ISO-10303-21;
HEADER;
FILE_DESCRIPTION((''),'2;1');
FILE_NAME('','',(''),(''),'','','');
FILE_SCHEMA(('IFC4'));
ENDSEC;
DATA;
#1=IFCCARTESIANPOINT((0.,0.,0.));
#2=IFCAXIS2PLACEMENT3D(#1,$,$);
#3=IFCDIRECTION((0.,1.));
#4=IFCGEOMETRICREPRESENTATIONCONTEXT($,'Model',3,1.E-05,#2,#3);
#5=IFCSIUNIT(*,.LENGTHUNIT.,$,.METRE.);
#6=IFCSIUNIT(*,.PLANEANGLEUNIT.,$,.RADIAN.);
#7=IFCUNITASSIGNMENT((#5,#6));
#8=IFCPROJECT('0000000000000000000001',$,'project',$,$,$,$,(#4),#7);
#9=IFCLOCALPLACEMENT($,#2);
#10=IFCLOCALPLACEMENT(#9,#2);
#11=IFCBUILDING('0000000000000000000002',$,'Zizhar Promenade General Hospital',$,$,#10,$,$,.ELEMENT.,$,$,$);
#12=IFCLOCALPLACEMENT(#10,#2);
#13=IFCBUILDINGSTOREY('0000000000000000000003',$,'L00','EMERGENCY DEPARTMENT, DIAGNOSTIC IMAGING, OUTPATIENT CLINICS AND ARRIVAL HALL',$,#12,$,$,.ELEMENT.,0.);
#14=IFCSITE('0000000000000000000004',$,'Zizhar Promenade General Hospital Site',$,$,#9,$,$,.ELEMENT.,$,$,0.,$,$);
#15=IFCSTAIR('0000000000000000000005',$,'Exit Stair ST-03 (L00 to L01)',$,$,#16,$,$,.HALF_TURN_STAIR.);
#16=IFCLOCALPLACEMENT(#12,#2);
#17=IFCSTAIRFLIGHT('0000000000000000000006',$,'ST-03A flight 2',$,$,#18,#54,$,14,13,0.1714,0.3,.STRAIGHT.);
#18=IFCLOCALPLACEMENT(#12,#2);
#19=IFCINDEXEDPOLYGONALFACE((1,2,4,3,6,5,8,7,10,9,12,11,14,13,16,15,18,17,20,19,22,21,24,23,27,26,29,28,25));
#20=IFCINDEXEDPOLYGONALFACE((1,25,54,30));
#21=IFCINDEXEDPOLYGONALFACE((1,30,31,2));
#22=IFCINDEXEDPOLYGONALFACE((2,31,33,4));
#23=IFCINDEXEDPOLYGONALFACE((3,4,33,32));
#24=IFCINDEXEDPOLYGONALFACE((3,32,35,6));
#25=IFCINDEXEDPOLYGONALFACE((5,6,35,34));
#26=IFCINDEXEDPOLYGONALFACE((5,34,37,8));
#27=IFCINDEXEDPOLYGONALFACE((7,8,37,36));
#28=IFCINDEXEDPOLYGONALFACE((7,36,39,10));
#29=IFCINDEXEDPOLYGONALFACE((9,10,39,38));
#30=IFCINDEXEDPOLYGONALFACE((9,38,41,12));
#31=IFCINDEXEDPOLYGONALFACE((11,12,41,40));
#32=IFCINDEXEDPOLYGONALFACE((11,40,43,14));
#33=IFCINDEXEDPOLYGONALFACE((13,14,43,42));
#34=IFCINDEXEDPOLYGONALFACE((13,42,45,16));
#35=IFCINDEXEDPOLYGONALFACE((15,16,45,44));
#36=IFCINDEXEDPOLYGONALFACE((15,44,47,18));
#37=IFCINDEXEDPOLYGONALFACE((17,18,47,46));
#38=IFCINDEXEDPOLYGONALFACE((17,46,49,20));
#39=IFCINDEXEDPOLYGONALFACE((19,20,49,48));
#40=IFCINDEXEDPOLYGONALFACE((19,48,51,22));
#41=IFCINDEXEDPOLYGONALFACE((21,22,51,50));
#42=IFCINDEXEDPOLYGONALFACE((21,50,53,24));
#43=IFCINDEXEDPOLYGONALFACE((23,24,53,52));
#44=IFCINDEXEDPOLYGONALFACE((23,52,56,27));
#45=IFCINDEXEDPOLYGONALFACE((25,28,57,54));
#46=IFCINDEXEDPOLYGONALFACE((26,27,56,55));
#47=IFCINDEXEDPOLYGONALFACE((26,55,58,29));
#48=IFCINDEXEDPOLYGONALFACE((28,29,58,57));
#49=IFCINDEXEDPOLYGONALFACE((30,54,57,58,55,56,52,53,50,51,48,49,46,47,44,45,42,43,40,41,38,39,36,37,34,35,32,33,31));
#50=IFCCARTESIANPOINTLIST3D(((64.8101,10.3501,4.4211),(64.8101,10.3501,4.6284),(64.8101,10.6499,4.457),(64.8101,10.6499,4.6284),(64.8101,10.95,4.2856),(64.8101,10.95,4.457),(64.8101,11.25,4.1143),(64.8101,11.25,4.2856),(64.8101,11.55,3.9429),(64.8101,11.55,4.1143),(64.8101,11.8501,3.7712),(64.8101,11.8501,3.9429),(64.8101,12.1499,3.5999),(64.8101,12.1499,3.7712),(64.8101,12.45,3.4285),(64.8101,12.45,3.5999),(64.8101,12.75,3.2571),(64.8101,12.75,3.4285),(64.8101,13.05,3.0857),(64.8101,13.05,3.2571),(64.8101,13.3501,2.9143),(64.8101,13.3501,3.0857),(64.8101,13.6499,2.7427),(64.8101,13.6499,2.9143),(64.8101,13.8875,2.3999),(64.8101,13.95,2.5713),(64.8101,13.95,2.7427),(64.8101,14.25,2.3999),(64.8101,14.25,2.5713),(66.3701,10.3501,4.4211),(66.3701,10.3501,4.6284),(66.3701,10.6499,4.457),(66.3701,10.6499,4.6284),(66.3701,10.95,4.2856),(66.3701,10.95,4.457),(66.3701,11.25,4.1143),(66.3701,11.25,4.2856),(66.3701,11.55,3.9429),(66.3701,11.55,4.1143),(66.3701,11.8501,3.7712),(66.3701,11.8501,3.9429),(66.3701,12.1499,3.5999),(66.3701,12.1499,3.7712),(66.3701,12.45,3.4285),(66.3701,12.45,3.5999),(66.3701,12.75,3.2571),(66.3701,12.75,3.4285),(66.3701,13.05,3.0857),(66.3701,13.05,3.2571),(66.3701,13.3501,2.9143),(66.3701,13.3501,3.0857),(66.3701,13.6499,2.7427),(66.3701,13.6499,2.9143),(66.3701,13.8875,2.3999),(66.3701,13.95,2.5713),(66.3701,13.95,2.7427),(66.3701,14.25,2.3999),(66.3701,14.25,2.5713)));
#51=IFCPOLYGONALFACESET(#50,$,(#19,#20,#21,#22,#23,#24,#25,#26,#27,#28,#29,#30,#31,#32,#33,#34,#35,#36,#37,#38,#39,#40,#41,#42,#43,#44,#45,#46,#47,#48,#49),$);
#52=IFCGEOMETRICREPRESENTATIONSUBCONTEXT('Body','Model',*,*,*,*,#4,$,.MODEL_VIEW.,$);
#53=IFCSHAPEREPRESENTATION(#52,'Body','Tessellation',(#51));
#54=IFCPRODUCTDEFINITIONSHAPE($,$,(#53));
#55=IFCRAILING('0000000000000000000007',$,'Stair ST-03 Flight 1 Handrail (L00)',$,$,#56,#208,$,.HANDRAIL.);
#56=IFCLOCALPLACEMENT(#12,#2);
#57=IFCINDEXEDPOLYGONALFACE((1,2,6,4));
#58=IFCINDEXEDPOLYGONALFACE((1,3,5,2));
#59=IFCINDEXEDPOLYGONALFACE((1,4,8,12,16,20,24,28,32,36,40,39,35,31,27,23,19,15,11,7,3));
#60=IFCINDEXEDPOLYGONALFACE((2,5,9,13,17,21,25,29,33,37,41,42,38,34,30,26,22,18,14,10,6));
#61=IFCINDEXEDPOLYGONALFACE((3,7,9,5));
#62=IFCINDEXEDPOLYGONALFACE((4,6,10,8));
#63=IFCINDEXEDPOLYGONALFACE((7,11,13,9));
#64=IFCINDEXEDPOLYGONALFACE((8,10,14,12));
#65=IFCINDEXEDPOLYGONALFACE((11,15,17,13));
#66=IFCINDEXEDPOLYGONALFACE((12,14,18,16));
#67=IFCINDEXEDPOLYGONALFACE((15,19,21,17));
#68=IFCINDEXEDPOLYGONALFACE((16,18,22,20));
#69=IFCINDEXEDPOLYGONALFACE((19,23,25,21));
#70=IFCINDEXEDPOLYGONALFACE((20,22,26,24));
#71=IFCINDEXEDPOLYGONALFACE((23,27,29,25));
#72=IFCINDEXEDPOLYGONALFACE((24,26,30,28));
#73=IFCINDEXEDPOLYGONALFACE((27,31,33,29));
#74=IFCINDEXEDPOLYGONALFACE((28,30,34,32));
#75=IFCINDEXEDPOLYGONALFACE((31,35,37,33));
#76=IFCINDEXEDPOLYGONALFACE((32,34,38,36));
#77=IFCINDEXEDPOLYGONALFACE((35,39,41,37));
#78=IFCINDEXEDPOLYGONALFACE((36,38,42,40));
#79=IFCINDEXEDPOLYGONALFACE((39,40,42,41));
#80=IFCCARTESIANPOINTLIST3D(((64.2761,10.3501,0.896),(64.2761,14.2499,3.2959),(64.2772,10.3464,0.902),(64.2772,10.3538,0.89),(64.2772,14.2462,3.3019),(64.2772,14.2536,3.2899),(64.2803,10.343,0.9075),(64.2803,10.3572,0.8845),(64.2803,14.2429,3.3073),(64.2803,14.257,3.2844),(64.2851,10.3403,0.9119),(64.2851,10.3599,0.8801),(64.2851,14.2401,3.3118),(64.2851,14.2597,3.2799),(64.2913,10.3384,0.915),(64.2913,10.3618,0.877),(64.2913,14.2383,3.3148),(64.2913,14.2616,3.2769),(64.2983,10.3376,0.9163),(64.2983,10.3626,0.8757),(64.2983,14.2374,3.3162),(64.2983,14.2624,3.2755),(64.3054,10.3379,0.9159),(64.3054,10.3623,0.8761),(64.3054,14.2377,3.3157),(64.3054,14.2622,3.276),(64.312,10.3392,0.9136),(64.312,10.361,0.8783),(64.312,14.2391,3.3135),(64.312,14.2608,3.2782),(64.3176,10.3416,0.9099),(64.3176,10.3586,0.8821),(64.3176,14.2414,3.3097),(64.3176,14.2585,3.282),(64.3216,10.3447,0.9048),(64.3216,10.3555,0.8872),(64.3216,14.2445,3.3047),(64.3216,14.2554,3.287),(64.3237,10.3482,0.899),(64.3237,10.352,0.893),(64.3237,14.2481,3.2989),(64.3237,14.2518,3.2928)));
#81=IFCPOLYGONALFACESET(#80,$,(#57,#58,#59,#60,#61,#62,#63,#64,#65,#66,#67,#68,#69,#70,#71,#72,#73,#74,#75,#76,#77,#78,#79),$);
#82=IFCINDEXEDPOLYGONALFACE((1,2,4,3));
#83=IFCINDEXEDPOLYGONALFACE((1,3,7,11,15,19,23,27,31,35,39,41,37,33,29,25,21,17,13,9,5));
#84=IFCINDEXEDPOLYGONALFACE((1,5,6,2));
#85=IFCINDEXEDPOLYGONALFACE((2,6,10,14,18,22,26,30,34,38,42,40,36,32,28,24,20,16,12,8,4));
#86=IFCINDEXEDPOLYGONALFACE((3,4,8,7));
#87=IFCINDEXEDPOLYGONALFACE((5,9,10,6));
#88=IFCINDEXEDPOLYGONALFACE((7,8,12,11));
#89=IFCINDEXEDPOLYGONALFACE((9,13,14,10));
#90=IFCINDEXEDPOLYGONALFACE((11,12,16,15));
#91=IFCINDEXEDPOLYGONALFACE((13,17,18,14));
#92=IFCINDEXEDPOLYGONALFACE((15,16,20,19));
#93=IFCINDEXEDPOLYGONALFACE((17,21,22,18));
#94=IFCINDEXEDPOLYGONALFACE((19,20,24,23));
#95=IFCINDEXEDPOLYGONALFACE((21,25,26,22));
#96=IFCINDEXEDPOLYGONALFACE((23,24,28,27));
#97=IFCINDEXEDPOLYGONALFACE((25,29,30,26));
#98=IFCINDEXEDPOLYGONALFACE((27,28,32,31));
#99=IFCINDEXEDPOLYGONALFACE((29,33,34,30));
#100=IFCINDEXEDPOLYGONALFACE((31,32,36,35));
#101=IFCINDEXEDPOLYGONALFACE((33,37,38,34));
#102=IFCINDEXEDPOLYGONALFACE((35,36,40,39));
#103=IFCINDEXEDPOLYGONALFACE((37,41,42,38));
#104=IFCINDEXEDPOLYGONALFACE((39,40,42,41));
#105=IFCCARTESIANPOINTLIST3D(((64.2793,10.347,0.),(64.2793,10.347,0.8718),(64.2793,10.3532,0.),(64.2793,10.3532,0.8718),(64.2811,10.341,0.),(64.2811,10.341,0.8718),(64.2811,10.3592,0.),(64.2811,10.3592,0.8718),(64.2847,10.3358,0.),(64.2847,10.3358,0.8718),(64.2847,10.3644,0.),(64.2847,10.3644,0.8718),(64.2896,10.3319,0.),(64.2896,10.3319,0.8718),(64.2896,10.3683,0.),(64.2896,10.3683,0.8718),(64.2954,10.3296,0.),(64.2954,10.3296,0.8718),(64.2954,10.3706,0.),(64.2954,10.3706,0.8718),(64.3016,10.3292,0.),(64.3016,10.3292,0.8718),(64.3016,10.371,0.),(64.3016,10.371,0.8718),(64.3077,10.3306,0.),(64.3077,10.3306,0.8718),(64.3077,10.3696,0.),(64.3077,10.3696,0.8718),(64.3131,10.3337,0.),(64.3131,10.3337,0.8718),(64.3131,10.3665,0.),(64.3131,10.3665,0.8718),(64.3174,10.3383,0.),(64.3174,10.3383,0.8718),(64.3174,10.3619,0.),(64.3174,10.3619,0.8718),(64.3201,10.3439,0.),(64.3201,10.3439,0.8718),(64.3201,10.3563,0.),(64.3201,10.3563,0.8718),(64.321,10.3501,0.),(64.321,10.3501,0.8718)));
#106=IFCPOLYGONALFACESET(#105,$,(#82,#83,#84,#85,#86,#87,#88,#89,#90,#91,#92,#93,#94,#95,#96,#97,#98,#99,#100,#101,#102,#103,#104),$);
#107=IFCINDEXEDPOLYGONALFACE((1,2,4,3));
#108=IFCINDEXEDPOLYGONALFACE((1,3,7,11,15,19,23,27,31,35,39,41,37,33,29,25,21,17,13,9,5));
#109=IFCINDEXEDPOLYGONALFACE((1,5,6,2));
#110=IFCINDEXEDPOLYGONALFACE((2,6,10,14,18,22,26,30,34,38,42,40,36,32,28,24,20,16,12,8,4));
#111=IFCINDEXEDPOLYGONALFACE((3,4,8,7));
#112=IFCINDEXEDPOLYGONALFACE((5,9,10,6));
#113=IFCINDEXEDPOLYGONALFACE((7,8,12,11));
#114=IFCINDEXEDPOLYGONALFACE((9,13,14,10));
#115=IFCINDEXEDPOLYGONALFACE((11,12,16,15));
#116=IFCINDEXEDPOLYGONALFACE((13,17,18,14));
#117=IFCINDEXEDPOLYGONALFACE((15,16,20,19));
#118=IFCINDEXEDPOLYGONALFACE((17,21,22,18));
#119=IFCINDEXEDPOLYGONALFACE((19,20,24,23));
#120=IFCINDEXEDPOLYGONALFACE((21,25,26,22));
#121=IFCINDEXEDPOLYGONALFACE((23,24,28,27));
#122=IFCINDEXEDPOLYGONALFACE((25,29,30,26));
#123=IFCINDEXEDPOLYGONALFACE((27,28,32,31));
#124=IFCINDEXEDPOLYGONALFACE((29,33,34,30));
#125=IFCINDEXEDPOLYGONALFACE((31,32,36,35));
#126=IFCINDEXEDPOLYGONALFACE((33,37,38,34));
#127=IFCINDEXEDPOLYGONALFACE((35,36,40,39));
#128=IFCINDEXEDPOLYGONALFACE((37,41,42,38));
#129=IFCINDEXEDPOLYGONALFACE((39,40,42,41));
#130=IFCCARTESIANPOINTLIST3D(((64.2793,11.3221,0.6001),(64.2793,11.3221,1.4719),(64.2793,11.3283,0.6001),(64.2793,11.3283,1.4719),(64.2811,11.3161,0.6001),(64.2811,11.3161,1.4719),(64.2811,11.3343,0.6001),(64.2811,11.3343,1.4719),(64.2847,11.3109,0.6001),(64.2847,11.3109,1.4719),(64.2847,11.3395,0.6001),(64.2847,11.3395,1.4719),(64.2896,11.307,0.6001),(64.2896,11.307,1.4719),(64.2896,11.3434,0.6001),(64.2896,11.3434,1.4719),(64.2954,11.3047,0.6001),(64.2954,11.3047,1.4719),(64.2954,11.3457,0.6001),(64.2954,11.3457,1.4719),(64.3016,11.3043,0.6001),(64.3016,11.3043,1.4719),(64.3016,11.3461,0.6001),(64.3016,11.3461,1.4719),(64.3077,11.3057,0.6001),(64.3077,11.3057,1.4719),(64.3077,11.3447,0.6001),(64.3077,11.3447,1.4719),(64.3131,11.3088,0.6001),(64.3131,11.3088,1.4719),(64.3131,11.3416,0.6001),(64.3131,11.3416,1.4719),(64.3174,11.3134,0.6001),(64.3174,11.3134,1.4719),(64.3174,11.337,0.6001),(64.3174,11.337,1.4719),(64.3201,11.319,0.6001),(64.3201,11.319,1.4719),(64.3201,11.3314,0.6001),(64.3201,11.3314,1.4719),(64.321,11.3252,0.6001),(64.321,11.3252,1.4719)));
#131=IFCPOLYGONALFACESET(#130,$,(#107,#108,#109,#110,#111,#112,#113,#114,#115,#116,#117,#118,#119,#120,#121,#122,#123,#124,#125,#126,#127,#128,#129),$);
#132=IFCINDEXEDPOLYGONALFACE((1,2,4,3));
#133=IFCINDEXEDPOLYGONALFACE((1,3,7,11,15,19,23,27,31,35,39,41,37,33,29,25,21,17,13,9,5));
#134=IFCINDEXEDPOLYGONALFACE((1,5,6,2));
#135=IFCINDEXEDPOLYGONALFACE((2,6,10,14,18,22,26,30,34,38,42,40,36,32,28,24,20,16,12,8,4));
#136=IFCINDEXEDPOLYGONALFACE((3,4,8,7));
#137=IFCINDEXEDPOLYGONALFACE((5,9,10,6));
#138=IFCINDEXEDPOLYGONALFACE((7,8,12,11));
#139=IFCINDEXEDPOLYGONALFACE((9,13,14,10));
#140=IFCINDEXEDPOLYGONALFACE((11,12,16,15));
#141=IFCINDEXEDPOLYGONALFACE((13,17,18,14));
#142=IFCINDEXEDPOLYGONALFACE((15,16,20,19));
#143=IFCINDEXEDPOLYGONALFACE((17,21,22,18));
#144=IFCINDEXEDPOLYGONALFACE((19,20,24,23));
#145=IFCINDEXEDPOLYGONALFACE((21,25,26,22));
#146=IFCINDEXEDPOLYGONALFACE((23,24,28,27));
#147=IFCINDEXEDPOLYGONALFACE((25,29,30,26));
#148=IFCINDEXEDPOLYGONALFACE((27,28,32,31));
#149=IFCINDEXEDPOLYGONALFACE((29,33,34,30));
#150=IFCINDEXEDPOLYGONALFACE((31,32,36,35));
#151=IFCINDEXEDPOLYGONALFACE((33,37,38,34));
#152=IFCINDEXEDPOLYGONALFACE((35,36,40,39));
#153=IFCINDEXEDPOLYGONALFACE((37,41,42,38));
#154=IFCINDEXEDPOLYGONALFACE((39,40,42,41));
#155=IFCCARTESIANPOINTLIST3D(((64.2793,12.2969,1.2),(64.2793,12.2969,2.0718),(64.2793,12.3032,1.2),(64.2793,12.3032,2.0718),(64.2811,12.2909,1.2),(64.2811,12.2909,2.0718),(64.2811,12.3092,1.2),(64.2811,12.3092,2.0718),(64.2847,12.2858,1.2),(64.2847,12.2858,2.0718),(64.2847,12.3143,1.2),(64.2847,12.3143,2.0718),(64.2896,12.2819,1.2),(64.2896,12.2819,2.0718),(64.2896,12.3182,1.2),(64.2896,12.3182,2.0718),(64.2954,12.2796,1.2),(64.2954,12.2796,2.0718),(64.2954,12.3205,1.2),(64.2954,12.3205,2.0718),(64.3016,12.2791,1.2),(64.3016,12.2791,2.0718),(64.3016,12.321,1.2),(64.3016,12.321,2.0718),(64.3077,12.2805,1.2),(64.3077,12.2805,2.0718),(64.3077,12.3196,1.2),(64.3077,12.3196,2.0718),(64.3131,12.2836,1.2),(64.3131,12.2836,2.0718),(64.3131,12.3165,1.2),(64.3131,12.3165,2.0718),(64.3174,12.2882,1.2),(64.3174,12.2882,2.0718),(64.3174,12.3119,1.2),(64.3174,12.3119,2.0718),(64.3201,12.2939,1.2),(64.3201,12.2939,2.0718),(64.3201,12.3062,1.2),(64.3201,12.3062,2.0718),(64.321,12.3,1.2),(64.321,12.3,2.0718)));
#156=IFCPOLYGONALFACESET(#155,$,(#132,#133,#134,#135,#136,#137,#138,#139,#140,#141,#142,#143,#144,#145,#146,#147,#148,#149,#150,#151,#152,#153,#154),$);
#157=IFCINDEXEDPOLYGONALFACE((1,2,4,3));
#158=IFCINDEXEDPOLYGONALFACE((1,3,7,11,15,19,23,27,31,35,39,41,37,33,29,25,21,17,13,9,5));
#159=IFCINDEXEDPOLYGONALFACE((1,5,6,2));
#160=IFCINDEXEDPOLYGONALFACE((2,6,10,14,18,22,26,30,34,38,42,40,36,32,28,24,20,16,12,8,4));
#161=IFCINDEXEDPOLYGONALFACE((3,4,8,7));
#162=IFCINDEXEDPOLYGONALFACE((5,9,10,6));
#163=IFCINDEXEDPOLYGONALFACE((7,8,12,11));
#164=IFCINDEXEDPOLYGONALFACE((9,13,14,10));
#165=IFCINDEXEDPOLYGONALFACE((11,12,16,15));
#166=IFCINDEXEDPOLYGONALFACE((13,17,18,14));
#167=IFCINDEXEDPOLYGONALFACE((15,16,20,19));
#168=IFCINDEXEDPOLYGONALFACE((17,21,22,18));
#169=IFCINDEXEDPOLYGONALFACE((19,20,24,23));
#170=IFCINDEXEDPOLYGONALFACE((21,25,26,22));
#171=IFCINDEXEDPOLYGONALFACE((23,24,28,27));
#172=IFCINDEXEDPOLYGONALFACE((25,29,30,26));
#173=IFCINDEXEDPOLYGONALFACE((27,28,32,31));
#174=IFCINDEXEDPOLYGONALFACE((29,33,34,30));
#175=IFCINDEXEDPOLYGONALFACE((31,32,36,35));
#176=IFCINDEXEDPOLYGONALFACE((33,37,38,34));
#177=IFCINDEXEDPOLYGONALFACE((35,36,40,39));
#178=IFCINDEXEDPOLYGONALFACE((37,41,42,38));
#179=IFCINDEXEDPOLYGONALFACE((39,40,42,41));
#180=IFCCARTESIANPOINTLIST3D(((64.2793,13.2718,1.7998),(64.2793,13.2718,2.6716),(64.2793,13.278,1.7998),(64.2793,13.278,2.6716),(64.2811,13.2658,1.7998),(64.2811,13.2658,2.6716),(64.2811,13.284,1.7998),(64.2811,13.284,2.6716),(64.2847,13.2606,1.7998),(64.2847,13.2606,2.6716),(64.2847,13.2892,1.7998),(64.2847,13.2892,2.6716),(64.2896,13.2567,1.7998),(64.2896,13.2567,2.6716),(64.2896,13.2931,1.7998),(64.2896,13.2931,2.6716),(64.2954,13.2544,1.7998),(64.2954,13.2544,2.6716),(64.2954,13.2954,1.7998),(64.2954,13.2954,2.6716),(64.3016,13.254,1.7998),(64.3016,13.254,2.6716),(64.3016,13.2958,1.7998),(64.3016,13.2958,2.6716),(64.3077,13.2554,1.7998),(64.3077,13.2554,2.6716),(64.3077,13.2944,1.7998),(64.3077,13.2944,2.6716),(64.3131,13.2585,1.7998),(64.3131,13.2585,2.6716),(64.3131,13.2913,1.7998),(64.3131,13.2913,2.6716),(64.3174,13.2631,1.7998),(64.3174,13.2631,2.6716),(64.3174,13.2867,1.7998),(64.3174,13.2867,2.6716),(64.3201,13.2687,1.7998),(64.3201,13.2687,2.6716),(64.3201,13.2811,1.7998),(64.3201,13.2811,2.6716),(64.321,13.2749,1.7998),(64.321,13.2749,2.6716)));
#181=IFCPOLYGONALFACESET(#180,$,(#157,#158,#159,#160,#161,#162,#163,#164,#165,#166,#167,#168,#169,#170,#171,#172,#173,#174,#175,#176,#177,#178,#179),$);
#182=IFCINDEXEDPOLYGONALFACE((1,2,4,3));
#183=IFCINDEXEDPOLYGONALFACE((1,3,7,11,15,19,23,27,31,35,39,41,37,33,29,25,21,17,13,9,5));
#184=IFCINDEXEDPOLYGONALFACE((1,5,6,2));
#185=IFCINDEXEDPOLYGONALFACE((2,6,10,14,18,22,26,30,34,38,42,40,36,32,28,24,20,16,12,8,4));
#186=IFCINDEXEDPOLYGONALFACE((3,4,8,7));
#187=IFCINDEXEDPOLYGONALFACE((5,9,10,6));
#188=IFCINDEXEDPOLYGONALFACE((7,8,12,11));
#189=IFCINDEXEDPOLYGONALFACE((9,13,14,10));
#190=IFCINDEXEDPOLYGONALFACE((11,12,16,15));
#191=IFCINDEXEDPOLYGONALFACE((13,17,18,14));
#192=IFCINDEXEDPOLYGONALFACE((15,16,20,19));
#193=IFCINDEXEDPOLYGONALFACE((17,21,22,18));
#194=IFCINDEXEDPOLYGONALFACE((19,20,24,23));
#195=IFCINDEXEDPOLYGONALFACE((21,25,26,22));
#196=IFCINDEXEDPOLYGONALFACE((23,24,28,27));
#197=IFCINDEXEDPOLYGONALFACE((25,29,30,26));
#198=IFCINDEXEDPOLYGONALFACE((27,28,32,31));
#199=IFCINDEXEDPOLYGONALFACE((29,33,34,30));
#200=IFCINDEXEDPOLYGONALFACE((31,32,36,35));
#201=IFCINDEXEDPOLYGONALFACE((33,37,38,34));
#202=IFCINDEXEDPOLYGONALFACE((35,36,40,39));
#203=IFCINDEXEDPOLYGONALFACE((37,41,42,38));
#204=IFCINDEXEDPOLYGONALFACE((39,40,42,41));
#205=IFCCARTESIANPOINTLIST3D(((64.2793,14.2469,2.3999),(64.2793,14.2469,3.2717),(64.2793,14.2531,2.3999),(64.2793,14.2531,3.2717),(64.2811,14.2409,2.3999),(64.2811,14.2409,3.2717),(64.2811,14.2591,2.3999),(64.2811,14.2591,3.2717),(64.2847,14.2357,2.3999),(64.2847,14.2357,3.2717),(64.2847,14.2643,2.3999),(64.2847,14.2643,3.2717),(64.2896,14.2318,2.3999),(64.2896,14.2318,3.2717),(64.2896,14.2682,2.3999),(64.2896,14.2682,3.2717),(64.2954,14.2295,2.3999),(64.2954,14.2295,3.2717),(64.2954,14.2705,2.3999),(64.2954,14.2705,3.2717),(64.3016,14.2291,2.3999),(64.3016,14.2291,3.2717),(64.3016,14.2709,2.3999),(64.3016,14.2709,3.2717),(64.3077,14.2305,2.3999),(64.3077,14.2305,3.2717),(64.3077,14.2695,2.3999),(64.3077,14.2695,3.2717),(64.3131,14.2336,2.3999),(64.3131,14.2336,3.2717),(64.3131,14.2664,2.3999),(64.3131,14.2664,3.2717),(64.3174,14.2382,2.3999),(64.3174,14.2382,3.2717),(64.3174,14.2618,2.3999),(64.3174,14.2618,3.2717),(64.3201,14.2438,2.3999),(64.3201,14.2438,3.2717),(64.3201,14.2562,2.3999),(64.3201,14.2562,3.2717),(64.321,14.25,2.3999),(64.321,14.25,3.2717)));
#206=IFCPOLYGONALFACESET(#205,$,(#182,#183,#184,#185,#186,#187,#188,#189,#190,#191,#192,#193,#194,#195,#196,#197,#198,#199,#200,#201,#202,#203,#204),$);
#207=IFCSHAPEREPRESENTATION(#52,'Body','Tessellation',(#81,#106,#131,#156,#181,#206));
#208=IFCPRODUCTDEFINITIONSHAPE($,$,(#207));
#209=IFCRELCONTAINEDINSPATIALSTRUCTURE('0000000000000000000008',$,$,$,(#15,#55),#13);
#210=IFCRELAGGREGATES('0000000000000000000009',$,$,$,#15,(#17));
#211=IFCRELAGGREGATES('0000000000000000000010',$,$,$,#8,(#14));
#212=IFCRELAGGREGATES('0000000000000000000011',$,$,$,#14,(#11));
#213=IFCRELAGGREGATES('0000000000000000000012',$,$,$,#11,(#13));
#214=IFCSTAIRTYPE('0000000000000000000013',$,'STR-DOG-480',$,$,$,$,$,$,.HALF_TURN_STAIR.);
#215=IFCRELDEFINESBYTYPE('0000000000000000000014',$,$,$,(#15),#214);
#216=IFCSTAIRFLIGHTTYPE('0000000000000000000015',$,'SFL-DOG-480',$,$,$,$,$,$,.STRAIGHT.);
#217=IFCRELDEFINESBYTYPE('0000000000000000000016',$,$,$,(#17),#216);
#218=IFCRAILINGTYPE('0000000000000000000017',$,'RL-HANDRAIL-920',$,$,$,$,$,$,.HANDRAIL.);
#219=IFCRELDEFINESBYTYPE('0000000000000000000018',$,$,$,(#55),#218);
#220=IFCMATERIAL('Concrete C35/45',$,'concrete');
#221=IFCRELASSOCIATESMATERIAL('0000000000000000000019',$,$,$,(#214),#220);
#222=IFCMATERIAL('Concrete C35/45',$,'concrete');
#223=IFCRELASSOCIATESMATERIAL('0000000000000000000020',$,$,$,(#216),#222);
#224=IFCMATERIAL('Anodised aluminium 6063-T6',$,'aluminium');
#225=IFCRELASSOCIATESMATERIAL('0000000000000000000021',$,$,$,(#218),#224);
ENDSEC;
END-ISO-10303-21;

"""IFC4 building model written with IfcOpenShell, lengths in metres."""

from ifc_helpers import new_model, si_unit, direction, frame, origin, origin_2d, place, context, subcontext, project, spatial, polyline, circle, hollow_circle, outline, extrude, material, material_profile, profile_set, type_object, element, aggregate, save


model = new_model("IFC4")

# Units and contexts
model_context = context("Model", 3, precision=1e-05, world=origin(), true_north=direction((0.0, 1.0)))
body_context = subcontext(model_context, "Body", "Model", "MODEL_VIEW")
ifc_project = project(units=[si_unit("LENGTHUNIT", "METRE"), si_unit("PLANEANGLEUNIT", "RADIAN")], contexts=[model_context])

# Site, building, storey
site_placement = place(None, origin())
site = spatial("IfcSite", under=ifc_project, at=site_placement, Name="Zizhar Promenade General Hospital Site", CompositionType="ELEMENT", RefElevation=0.0)
building_placement = place(site_placement, origin())
building = spatial("IfcBuilding", under=site, at=building_placement, Name="Zizhar Promenade General Hospital", CompositionType="ELEMENT")
storey_placement = place(building_placement, origin())
storey = spatial("IfcBuildingStorey", under=building, at=storey_placement, Name="L00", Description="EMERGENCY DEPARTMENT, DIAGNOSTIC IMAGING, OUTPATIENT CLINICS AND ARRIVAL HALL", CompositionType="ELEMENT", Elevation=0.0)

# Stair, stair flight
ifc_material_1 = material(Name="Concrete C35/45", Category="concrete")
stair_type = type_object("IfcStairType", Name="STR-DOG-480", PredefinedType="HALF_TURN_STAIR", material=ifc_material_1)
stair_placement = place(storey_placement, origin())
stair = element("IfcStair", 1, at=stair_placement, inside=storey, type_object=stair_type, Name="Exit Stair ST-03 (L00 to L01)", PredefinedType="HALF_TURN_STAIR")
ifc_material_2 = material(Name="Concrete C35/45", Category="concrete")
stair_flight_type = type_object("IfcStairFlightType", Name="SFL-DOG-480", PredefinedType="STRAIGHT", material=ifc_material_2)
stair_flight_1_placement = place(storey_placement, frame((65.5901, 14.25, 2.3999), z_axis=(0.0, 0.0, 1.0), x_axis=(0.0, -1.0, 0.0)))
stair_flight_1 = element("IfcStairFlight", 2, at=stair_flight_1_placement, type_object=stair_flight_type, Name="ST-03A flight 2", NumberOfRisers=14, NumberOfTreads=13, PredefinedType="STRAIGHT", RiserHeight=0.1714, TreadLength=0.3, context=body_context, shape_type="SweptSolid", body=[
    extrude(outline(polyline([(0.0, 0.0), (0.0, 0.1714), (0.3, 0.1714), (0.3, 0.3428), (0.6001, 0.3428), (0.6001, 0.5144), (0.8999, 0.5144), (0.8999, 0.6858), (1.2, 0.6858), (1.2, 0.8572), (1.5, 0.8572), (1.5, 1.0286), (1.8, 1.0286), (1.8, 1.2), (2.1001, 1.2), (2.1001, 1.3713), (2.3999, 1.3713), (2.3999, 1.543), (2.7, 1.543), (2.7, 1.7144), (3.0, 1.7144), (3.0, 1.8857), (3.3, 1.8857), (3.3, 2.0571), (3.6001, 2.0571), (3.6001, 2.2285), (3.8999, 2.2285), (3.8999, 2.3999), (3.8999, 2.0212), (0.3625, 0.0), (0.0, 0.0)])), frame((0.0, 0.78, 0.0), z_axis=(0.0, -1.0, 0.0), x_axis=(1.0, 0.0, 0.0)), (0.0, 0.0, 1.0), 1.5601),
])
aggregate(stair, [stair_flight_1])

# Railing
ifc_material_3 = material(Name="Anodised aluminium 6063-T6", Category="aluminium")
ifc_material_profile_1 = material_profile(ifc_material_3, hollow_circle(Radius=0.0698, WallThickness=0.0063, at=origin_2d()))
ifc_profile_set_1 = profile_set([ifc_material_profile_1], Name="Anodised aluminium 6063-T6")
railing_type_1 = type_object("IfcRailingType", Name="RL-HANDRAIL-920", PredefinedType="HANDRAIL", material=ifc_profile_set_1)
railing_1_placement = place(storey_placement, frame((64.3, 10.3501, 0.0)))
element("IfcRailing", 3, at=railing_1_placement, inside=storey, type_object=railing_type_1, Name="Stair ST-03 Flight 1 Handrail (L00)", PredefinedType="HANDRAIL", context=body_context, shape_type="SweptSolid", body=[
    extrude(circle(Radius=0.0239, at=origin_2d()), frame((0.0, 0.0, 0.896), z_axis=(0.0, 0.851662, 0.524091), x_axis=(-1.0, 0.0, 0.0)), (0.0, 0.0, 1.0), 4.5791),
    extrude(circle(Radius=0.021, at=origin_2d()), origin(), (0.0, 0.0, 1.0), 0.8718),
    extrude(circle(Radius=0.021, at=origin_2d()), frame((0.0, 0.9751, 0.6001)), (0.0, 0.0, 1.0), 0.8718),
    extrude(circle(Radius=0.021, at=origin_2d()), frame((0.0, 1.95, 1.2)), (0.0, 0.0, 1.0), 0.8718),
    extrude(circle(Radius=0.021, at=origin_2d()), frame((0.0, 2.9248, 1.7998)), (0.0, 0.0, 1.0), 0.8718),
    extrude(circle(Radius=0.021, at=origin_2d()), frame((0.0, 3.8999, 2.3999)), (0.0, 0.0, 1.0), 0.8718),
])

save(model, "model.ifc")
